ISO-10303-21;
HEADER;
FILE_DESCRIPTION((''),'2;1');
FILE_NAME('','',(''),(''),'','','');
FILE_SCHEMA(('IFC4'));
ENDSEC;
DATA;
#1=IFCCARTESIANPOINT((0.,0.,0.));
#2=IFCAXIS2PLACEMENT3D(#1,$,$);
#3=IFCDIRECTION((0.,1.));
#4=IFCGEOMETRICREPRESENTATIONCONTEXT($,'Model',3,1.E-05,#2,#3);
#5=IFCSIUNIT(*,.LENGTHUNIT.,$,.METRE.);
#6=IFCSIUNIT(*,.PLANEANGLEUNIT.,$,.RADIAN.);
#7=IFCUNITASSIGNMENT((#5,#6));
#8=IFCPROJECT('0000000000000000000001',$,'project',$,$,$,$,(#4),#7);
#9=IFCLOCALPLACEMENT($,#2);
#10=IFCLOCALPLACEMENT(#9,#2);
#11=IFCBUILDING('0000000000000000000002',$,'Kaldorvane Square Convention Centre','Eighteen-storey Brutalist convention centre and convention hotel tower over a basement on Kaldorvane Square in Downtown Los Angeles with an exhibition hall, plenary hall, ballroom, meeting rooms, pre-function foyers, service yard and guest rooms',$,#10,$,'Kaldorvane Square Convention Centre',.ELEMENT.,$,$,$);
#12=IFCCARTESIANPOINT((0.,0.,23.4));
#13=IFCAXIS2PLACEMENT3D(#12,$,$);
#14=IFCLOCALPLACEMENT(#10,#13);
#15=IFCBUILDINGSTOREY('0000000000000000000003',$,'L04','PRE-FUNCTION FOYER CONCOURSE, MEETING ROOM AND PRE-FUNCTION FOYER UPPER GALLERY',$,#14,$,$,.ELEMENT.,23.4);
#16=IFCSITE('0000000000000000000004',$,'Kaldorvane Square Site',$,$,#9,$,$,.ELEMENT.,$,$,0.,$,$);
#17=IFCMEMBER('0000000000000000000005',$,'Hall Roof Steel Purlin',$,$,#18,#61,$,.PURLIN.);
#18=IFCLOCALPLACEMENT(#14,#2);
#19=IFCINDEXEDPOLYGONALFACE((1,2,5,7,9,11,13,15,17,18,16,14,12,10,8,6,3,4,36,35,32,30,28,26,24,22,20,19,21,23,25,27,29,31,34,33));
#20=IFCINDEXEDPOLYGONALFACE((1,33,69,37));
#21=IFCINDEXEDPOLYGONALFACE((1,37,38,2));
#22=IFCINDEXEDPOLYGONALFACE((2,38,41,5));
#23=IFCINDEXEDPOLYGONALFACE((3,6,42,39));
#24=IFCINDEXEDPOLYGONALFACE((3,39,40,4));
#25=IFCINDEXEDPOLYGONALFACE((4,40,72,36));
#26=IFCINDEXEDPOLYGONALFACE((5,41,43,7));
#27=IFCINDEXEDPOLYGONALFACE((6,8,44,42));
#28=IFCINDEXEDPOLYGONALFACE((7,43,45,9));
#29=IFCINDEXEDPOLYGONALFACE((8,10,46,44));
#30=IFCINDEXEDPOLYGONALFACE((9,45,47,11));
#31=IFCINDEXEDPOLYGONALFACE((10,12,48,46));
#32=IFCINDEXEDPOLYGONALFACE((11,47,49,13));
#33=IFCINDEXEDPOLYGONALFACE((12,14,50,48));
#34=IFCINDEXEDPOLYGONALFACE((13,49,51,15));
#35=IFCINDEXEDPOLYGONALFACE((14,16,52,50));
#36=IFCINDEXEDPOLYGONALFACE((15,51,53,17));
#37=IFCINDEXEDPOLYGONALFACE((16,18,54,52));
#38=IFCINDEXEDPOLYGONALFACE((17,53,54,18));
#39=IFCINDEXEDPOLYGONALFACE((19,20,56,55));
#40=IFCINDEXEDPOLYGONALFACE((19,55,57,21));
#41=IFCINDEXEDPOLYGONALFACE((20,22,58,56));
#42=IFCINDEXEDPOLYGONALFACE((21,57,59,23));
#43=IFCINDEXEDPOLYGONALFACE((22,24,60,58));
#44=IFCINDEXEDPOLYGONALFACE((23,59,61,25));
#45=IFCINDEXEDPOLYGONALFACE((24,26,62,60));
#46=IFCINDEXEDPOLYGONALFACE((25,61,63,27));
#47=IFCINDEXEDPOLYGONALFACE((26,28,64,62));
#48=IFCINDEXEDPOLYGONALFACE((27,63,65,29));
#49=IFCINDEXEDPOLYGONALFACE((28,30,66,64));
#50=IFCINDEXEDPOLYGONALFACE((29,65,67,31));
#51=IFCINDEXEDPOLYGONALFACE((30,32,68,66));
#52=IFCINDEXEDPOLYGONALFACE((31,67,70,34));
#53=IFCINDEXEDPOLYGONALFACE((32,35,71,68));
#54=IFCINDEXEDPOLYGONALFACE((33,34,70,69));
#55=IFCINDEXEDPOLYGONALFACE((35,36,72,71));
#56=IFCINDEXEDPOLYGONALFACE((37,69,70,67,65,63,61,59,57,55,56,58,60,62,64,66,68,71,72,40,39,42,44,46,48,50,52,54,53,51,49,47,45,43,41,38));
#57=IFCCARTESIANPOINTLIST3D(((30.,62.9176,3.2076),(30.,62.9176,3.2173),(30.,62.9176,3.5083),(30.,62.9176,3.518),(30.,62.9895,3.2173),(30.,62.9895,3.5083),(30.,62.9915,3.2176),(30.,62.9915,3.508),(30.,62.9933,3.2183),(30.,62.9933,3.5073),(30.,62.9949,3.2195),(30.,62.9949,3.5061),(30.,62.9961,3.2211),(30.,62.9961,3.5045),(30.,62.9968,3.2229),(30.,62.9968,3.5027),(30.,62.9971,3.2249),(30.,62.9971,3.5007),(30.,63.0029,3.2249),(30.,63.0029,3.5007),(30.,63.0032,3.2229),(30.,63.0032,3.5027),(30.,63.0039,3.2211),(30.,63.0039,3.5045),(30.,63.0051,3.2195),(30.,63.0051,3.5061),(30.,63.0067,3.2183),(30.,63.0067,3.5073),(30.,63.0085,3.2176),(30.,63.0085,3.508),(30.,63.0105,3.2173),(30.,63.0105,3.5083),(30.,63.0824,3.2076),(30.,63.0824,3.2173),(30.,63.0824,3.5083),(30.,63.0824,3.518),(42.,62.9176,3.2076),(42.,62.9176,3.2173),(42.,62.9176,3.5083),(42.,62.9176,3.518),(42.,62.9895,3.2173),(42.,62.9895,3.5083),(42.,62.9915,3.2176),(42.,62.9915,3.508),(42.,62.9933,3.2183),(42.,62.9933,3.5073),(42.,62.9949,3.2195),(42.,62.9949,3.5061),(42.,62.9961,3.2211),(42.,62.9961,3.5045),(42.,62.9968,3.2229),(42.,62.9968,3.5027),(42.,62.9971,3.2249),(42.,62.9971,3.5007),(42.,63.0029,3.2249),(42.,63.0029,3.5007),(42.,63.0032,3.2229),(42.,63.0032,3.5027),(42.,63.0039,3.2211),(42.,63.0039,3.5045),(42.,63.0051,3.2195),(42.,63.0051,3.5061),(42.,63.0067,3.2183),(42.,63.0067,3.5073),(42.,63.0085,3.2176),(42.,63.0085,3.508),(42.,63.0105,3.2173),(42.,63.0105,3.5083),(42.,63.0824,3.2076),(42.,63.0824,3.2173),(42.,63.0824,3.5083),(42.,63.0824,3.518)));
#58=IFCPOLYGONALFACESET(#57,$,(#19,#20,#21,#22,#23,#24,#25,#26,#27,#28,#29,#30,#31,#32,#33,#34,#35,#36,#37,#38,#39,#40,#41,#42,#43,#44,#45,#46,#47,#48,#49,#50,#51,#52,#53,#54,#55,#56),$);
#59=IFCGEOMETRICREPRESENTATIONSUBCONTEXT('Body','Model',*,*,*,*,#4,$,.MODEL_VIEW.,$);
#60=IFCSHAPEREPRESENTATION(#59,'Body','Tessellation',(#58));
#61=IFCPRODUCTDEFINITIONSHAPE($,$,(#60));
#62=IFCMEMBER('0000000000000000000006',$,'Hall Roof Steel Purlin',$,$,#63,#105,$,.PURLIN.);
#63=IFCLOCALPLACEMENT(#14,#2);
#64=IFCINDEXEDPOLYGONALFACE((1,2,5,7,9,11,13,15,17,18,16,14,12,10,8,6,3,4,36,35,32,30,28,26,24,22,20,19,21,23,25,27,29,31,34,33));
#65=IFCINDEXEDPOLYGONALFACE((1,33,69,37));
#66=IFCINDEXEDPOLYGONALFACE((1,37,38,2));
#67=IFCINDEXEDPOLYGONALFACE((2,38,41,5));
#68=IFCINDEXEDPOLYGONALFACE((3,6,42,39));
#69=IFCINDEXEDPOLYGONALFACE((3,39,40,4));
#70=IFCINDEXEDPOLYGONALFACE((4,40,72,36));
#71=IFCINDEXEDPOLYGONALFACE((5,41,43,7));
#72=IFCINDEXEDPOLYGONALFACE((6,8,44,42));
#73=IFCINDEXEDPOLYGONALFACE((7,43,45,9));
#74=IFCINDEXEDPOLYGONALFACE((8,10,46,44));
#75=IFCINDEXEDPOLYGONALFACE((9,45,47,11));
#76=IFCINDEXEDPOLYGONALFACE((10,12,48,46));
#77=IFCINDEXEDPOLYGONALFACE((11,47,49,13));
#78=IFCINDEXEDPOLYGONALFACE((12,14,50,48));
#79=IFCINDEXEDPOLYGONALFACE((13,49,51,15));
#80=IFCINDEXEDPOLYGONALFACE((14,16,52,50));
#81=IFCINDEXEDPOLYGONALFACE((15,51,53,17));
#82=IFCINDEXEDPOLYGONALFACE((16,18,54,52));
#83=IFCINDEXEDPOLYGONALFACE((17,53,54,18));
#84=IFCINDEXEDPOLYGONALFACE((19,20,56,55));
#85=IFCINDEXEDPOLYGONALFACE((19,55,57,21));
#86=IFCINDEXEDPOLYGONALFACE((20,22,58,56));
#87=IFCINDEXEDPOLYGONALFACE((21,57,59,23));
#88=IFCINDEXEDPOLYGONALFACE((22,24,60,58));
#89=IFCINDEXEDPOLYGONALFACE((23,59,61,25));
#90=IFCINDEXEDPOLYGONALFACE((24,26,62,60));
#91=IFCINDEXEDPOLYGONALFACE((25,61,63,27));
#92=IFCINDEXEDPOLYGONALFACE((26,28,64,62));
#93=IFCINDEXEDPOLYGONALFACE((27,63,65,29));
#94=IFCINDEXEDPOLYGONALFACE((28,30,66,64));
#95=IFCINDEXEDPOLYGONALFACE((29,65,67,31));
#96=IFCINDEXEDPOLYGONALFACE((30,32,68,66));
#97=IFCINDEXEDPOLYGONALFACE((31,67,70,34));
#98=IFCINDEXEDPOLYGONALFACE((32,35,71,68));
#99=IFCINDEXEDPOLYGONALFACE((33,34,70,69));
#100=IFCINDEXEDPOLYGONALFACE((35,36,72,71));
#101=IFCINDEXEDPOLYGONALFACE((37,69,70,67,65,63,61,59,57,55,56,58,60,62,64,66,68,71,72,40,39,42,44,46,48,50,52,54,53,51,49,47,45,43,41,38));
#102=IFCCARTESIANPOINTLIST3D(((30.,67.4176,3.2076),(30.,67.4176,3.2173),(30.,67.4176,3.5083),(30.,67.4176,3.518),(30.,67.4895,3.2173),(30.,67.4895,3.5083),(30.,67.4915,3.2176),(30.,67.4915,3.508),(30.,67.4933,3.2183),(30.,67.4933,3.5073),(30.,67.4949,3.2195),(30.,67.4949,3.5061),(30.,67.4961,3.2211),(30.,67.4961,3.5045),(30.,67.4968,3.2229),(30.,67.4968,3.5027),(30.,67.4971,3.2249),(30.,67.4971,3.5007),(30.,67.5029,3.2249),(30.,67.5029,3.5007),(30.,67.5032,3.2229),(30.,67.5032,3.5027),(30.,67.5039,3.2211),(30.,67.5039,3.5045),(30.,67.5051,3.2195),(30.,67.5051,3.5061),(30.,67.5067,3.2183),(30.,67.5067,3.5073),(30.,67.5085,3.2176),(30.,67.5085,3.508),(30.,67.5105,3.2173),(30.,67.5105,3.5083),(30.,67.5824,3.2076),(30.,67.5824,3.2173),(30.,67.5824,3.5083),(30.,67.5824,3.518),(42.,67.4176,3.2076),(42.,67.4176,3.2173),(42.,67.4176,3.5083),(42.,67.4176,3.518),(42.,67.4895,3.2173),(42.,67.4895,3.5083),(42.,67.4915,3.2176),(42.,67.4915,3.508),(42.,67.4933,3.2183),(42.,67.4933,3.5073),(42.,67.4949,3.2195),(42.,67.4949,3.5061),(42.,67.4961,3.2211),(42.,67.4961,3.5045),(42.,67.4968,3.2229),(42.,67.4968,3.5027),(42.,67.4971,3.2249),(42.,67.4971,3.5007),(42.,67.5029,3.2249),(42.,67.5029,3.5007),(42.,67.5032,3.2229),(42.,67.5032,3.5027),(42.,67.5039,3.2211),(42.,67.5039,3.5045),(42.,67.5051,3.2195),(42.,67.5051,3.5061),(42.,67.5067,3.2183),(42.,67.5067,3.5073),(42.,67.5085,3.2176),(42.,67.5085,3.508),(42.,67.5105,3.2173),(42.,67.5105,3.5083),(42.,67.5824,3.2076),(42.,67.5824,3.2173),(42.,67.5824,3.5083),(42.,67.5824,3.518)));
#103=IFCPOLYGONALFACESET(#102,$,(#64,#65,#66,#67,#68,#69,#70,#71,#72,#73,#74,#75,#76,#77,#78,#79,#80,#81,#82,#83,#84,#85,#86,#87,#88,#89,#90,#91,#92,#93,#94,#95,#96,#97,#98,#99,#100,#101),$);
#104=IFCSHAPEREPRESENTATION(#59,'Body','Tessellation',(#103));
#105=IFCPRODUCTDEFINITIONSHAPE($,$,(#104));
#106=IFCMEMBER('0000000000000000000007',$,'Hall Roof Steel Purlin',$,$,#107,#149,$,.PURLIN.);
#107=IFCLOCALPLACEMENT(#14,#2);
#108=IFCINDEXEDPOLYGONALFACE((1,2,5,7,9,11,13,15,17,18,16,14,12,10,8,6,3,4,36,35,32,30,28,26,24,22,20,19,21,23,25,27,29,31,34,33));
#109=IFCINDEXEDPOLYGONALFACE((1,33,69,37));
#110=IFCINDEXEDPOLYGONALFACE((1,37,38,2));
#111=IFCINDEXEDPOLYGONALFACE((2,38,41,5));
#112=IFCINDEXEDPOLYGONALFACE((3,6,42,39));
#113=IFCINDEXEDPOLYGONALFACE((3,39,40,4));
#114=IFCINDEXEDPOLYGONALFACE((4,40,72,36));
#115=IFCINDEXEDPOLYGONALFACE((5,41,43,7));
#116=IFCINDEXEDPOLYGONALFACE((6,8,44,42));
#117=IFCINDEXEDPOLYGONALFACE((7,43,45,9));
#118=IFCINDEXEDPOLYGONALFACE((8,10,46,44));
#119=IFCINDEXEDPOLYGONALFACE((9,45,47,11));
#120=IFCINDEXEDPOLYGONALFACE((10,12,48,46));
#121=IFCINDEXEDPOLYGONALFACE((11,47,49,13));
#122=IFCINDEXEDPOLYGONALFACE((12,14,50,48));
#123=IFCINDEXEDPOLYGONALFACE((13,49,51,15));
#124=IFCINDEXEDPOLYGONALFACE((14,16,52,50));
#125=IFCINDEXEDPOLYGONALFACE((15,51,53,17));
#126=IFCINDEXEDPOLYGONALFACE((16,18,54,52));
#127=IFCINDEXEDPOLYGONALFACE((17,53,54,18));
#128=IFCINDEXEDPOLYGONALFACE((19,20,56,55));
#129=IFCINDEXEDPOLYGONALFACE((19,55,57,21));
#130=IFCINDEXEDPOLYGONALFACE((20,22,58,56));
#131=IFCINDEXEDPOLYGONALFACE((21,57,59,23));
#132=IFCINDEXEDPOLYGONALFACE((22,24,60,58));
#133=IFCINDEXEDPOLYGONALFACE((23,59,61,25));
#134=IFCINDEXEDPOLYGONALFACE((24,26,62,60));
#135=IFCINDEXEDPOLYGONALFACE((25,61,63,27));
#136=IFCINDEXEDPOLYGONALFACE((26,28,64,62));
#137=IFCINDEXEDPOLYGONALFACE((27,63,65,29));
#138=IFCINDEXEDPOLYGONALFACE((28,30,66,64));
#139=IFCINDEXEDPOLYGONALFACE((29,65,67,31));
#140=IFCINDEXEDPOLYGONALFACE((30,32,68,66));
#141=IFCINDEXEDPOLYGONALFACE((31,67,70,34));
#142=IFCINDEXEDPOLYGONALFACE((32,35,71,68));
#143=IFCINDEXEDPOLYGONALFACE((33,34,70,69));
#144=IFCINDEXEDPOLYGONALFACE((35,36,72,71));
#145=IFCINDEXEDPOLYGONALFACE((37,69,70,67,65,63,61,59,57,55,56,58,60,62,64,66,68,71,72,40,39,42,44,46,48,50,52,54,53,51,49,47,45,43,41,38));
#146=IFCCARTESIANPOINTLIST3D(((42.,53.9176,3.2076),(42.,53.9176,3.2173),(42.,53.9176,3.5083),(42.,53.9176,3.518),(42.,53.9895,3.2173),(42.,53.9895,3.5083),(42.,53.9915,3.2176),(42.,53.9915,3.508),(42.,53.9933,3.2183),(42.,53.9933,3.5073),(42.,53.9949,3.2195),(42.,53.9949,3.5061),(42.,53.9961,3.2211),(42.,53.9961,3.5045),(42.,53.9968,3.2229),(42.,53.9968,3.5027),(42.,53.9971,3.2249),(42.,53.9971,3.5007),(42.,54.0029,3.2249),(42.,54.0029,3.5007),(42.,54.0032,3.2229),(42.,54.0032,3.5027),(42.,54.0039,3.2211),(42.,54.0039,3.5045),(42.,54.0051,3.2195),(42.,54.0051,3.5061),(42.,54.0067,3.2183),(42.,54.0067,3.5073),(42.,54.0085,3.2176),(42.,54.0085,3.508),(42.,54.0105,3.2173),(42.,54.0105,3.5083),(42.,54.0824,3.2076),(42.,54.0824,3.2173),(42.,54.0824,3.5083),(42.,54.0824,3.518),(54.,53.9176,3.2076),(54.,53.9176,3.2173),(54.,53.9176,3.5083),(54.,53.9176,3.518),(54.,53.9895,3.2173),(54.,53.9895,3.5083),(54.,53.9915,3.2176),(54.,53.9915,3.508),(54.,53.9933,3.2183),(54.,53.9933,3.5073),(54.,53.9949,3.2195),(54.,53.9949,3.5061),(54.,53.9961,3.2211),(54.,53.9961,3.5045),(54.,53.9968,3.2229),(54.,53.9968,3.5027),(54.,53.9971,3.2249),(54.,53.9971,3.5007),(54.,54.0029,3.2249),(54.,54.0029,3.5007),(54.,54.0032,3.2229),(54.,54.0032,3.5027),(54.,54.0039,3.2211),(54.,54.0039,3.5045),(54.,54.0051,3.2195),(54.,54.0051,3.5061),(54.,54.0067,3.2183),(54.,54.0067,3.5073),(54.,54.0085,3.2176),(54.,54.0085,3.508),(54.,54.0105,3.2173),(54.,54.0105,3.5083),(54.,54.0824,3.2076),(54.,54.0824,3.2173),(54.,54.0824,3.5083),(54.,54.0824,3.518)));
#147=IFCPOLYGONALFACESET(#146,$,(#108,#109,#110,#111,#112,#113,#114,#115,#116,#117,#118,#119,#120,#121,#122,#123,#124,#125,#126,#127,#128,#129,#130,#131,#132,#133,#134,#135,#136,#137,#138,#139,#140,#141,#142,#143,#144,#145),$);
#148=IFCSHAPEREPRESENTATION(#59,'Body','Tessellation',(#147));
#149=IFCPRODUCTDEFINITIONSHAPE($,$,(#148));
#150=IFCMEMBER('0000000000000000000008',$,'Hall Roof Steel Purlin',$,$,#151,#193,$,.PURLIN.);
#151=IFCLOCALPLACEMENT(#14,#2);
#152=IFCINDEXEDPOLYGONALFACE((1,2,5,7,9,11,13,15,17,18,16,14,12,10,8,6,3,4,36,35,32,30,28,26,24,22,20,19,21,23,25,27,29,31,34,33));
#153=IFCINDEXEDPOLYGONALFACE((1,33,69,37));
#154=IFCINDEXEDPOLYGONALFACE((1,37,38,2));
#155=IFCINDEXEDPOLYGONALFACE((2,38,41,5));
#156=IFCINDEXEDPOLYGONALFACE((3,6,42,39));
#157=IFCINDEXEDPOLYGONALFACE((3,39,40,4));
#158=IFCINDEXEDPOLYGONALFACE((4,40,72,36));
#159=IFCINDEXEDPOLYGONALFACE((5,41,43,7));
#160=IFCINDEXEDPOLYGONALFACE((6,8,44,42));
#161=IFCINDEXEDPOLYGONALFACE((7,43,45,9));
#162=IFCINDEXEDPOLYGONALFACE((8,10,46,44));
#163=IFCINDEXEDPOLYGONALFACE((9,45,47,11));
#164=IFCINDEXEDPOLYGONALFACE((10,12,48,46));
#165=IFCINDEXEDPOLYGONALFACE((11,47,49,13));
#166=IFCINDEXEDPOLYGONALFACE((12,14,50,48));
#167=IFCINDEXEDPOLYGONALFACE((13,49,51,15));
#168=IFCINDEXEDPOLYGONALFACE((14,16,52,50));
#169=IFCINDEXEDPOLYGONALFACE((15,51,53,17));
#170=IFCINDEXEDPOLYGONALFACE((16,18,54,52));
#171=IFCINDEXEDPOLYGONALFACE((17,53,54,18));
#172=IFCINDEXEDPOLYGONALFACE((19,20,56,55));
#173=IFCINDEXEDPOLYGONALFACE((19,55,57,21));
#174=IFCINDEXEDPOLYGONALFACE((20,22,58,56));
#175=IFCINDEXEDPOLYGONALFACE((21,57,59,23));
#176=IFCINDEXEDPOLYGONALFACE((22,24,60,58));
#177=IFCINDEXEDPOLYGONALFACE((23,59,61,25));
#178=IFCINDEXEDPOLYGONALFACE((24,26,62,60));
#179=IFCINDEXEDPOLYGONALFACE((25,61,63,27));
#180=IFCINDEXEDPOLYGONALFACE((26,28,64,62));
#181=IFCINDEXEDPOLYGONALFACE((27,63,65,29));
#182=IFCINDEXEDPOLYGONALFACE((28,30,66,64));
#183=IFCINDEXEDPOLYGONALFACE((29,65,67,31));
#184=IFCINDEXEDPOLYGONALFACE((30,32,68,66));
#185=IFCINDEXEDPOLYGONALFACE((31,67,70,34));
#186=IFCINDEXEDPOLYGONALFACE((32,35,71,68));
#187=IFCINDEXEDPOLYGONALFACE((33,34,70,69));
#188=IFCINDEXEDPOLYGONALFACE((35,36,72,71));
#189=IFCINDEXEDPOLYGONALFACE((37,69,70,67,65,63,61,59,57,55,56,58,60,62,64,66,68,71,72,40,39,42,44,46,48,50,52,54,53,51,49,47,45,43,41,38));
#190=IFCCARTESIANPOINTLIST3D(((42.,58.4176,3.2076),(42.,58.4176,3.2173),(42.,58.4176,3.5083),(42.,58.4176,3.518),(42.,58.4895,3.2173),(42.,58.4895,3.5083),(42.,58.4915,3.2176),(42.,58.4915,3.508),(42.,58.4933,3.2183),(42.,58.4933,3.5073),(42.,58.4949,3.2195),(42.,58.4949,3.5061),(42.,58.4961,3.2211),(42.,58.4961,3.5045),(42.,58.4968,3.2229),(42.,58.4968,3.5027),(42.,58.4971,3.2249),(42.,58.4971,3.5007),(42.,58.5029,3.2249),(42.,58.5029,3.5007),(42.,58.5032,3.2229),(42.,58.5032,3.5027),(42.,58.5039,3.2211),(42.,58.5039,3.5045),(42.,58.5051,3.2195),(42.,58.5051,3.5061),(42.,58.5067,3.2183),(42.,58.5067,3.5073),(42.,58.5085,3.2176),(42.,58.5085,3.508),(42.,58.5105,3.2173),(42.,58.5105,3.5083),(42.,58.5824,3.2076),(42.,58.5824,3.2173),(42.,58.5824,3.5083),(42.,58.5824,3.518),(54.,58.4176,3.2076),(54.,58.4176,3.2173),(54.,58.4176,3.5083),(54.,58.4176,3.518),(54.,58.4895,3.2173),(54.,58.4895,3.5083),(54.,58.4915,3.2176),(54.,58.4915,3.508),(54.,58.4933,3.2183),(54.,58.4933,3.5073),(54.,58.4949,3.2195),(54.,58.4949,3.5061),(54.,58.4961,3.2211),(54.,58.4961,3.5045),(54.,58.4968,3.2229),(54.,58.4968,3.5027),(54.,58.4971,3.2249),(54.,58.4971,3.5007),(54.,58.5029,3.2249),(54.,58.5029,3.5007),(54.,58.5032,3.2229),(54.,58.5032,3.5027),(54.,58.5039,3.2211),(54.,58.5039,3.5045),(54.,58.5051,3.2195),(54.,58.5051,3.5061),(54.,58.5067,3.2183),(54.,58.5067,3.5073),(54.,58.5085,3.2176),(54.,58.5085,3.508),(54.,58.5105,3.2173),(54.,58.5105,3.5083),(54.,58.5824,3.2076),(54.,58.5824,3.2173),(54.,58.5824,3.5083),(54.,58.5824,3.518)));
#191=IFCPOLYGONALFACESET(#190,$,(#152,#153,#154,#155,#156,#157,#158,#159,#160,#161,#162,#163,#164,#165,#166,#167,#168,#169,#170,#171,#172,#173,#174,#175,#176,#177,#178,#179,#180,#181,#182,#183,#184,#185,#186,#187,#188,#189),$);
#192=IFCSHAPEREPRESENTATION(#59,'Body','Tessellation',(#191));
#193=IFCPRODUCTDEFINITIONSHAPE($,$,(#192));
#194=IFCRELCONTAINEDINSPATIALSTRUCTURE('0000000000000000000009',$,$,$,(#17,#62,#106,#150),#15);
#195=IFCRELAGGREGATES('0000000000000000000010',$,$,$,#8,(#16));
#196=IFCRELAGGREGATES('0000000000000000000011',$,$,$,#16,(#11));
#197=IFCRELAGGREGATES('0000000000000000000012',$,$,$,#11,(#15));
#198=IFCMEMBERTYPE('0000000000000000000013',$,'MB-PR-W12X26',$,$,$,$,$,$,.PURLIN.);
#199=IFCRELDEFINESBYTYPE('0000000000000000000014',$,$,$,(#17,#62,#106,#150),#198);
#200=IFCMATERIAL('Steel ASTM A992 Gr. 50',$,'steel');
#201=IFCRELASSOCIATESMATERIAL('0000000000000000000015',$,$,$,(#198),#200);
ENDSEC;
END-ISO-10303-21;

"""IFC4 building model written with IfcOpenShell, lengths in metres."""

from ifc_helpers import new_model, si_unit, direction, frame, origin, origin_2d, place, context, subcontext, project, spatial, i_section, extrude, material, material_profile, profile_set, type_object, element, save


model = new_model("IFC4")

# Units and contexts
model_context = context("Model", 3, precision=1e-05, world=origin(), true_north=direction((0.0, 1.0)))
body_context = subcontext(model_context, "Body", "Model", "MODEL_VIEW")
ifc_project = project(units=[si_unit("LENGTHUNIT", "METRE"), si_unit("PLANEANGLEUNIT", "RADIAN")], contexts=[model_context])

# Site, building, storey
site_placement = place(None, origin())
site = spatial("IfcSite", under=ifc_project, at=site_placement, Name="Kaldorvane Square Site", CompositionType="ELEMENT", RefElevation=0.0)
building_placement = place(site_placement, origin())
building = spatial("IfcBuilding", under=site, at=building_placement, Name="Kaldorvane Square Convention Centre", Description="Eighteen-storey Brutalist convention centre and convention hotel tower over a basement on Kaldorvane Square in Downtown Los Angeles with an exhibition hall, plenary hall, ballroom, meeting rooms, pre-function foyers, service yard and guest rooms", LongName="Kaldorvane Square Convention Centre", CompositionType="ELEMENT")
storey_placement = place(building_placement, frame((0.0, 0.0, 23.4)))
storey = spatial("IfcBuildingStorey", under=building, at=storey_placement, Name="L04", Description="PRE-FUNCTION FOYER CONCOURSE, MEETING ROOM AND PRE-FUNCTION FOYER UPPER GALLERY", CompositionType="ELEMENT", Elevation=23.4)

# Shared definitions
ifc_material_1 = material(Name="Steel ASTM A992 Gr. 50", Category="steel")

# Members
ifc_material_profile_1 = material_profile(ifc_material_1, i_section(OverallWidth=0.1648, OverallDepth=0.3104, WebThickness=0.0058, FlangeThickness=0.0097, FilletRadius=0.0076, at=origin_2d()), Name="W12X26")
ifc_profile_set_1 = profile_set([ifc_material_profile_1], Name="Steel ASTM A992 Gr. 50")
member_type_1 = type_object("IfcMemberType", Name="MB-PR-W12X26", PredefinedType="PURLIN", material=ifc_profile_set_1)
for number, where, z_axis, x_axis, name in (
    (1, (30.0, 63.0, 3.3628), (1.0, 0.0, 0.0), (0.0, 1.0, 0.0), "Hall Roof Steel Purlin"),
    (2, (30.0, 67.5, 3.3628), (1.0, 0.0, 0.0), (0.0, 1.0, 0.0), "Hall Roof Steel Purlin"),
    (3, (42.0, 54.0, 3.3628), (1.0, 0.0, 0.0), (0.0, 1.0, 0.0), "Hall Roof Steel Purlin"),
    (4, (42.0, 58.5, 3.3628), (1.0, 0.0, 0.0), (0.0, 1.0, 0.0), "Hall Roof Steel Purlin"),
):
    element("IfcMember", number, at=place(storey_placement, frame(where, z_axis=z_axis, x_axis=x_axis)), inside=storey, type_object=member_type_1, Name=name, PredefinedType="PURLIN", context=body_context, shape_type="SweptSolid", body=[
        extrude(i_section(OverallWidth=0.1648, OverallDepth=0.3104, WebThickness=0.0058, FlangeThickness=0.0097, FilletRadius=0.0076, at=origin_2d()), origin(), (0.0, 0.0, 1.0), 12.0),
    ])

save(model, "model.ifc")
